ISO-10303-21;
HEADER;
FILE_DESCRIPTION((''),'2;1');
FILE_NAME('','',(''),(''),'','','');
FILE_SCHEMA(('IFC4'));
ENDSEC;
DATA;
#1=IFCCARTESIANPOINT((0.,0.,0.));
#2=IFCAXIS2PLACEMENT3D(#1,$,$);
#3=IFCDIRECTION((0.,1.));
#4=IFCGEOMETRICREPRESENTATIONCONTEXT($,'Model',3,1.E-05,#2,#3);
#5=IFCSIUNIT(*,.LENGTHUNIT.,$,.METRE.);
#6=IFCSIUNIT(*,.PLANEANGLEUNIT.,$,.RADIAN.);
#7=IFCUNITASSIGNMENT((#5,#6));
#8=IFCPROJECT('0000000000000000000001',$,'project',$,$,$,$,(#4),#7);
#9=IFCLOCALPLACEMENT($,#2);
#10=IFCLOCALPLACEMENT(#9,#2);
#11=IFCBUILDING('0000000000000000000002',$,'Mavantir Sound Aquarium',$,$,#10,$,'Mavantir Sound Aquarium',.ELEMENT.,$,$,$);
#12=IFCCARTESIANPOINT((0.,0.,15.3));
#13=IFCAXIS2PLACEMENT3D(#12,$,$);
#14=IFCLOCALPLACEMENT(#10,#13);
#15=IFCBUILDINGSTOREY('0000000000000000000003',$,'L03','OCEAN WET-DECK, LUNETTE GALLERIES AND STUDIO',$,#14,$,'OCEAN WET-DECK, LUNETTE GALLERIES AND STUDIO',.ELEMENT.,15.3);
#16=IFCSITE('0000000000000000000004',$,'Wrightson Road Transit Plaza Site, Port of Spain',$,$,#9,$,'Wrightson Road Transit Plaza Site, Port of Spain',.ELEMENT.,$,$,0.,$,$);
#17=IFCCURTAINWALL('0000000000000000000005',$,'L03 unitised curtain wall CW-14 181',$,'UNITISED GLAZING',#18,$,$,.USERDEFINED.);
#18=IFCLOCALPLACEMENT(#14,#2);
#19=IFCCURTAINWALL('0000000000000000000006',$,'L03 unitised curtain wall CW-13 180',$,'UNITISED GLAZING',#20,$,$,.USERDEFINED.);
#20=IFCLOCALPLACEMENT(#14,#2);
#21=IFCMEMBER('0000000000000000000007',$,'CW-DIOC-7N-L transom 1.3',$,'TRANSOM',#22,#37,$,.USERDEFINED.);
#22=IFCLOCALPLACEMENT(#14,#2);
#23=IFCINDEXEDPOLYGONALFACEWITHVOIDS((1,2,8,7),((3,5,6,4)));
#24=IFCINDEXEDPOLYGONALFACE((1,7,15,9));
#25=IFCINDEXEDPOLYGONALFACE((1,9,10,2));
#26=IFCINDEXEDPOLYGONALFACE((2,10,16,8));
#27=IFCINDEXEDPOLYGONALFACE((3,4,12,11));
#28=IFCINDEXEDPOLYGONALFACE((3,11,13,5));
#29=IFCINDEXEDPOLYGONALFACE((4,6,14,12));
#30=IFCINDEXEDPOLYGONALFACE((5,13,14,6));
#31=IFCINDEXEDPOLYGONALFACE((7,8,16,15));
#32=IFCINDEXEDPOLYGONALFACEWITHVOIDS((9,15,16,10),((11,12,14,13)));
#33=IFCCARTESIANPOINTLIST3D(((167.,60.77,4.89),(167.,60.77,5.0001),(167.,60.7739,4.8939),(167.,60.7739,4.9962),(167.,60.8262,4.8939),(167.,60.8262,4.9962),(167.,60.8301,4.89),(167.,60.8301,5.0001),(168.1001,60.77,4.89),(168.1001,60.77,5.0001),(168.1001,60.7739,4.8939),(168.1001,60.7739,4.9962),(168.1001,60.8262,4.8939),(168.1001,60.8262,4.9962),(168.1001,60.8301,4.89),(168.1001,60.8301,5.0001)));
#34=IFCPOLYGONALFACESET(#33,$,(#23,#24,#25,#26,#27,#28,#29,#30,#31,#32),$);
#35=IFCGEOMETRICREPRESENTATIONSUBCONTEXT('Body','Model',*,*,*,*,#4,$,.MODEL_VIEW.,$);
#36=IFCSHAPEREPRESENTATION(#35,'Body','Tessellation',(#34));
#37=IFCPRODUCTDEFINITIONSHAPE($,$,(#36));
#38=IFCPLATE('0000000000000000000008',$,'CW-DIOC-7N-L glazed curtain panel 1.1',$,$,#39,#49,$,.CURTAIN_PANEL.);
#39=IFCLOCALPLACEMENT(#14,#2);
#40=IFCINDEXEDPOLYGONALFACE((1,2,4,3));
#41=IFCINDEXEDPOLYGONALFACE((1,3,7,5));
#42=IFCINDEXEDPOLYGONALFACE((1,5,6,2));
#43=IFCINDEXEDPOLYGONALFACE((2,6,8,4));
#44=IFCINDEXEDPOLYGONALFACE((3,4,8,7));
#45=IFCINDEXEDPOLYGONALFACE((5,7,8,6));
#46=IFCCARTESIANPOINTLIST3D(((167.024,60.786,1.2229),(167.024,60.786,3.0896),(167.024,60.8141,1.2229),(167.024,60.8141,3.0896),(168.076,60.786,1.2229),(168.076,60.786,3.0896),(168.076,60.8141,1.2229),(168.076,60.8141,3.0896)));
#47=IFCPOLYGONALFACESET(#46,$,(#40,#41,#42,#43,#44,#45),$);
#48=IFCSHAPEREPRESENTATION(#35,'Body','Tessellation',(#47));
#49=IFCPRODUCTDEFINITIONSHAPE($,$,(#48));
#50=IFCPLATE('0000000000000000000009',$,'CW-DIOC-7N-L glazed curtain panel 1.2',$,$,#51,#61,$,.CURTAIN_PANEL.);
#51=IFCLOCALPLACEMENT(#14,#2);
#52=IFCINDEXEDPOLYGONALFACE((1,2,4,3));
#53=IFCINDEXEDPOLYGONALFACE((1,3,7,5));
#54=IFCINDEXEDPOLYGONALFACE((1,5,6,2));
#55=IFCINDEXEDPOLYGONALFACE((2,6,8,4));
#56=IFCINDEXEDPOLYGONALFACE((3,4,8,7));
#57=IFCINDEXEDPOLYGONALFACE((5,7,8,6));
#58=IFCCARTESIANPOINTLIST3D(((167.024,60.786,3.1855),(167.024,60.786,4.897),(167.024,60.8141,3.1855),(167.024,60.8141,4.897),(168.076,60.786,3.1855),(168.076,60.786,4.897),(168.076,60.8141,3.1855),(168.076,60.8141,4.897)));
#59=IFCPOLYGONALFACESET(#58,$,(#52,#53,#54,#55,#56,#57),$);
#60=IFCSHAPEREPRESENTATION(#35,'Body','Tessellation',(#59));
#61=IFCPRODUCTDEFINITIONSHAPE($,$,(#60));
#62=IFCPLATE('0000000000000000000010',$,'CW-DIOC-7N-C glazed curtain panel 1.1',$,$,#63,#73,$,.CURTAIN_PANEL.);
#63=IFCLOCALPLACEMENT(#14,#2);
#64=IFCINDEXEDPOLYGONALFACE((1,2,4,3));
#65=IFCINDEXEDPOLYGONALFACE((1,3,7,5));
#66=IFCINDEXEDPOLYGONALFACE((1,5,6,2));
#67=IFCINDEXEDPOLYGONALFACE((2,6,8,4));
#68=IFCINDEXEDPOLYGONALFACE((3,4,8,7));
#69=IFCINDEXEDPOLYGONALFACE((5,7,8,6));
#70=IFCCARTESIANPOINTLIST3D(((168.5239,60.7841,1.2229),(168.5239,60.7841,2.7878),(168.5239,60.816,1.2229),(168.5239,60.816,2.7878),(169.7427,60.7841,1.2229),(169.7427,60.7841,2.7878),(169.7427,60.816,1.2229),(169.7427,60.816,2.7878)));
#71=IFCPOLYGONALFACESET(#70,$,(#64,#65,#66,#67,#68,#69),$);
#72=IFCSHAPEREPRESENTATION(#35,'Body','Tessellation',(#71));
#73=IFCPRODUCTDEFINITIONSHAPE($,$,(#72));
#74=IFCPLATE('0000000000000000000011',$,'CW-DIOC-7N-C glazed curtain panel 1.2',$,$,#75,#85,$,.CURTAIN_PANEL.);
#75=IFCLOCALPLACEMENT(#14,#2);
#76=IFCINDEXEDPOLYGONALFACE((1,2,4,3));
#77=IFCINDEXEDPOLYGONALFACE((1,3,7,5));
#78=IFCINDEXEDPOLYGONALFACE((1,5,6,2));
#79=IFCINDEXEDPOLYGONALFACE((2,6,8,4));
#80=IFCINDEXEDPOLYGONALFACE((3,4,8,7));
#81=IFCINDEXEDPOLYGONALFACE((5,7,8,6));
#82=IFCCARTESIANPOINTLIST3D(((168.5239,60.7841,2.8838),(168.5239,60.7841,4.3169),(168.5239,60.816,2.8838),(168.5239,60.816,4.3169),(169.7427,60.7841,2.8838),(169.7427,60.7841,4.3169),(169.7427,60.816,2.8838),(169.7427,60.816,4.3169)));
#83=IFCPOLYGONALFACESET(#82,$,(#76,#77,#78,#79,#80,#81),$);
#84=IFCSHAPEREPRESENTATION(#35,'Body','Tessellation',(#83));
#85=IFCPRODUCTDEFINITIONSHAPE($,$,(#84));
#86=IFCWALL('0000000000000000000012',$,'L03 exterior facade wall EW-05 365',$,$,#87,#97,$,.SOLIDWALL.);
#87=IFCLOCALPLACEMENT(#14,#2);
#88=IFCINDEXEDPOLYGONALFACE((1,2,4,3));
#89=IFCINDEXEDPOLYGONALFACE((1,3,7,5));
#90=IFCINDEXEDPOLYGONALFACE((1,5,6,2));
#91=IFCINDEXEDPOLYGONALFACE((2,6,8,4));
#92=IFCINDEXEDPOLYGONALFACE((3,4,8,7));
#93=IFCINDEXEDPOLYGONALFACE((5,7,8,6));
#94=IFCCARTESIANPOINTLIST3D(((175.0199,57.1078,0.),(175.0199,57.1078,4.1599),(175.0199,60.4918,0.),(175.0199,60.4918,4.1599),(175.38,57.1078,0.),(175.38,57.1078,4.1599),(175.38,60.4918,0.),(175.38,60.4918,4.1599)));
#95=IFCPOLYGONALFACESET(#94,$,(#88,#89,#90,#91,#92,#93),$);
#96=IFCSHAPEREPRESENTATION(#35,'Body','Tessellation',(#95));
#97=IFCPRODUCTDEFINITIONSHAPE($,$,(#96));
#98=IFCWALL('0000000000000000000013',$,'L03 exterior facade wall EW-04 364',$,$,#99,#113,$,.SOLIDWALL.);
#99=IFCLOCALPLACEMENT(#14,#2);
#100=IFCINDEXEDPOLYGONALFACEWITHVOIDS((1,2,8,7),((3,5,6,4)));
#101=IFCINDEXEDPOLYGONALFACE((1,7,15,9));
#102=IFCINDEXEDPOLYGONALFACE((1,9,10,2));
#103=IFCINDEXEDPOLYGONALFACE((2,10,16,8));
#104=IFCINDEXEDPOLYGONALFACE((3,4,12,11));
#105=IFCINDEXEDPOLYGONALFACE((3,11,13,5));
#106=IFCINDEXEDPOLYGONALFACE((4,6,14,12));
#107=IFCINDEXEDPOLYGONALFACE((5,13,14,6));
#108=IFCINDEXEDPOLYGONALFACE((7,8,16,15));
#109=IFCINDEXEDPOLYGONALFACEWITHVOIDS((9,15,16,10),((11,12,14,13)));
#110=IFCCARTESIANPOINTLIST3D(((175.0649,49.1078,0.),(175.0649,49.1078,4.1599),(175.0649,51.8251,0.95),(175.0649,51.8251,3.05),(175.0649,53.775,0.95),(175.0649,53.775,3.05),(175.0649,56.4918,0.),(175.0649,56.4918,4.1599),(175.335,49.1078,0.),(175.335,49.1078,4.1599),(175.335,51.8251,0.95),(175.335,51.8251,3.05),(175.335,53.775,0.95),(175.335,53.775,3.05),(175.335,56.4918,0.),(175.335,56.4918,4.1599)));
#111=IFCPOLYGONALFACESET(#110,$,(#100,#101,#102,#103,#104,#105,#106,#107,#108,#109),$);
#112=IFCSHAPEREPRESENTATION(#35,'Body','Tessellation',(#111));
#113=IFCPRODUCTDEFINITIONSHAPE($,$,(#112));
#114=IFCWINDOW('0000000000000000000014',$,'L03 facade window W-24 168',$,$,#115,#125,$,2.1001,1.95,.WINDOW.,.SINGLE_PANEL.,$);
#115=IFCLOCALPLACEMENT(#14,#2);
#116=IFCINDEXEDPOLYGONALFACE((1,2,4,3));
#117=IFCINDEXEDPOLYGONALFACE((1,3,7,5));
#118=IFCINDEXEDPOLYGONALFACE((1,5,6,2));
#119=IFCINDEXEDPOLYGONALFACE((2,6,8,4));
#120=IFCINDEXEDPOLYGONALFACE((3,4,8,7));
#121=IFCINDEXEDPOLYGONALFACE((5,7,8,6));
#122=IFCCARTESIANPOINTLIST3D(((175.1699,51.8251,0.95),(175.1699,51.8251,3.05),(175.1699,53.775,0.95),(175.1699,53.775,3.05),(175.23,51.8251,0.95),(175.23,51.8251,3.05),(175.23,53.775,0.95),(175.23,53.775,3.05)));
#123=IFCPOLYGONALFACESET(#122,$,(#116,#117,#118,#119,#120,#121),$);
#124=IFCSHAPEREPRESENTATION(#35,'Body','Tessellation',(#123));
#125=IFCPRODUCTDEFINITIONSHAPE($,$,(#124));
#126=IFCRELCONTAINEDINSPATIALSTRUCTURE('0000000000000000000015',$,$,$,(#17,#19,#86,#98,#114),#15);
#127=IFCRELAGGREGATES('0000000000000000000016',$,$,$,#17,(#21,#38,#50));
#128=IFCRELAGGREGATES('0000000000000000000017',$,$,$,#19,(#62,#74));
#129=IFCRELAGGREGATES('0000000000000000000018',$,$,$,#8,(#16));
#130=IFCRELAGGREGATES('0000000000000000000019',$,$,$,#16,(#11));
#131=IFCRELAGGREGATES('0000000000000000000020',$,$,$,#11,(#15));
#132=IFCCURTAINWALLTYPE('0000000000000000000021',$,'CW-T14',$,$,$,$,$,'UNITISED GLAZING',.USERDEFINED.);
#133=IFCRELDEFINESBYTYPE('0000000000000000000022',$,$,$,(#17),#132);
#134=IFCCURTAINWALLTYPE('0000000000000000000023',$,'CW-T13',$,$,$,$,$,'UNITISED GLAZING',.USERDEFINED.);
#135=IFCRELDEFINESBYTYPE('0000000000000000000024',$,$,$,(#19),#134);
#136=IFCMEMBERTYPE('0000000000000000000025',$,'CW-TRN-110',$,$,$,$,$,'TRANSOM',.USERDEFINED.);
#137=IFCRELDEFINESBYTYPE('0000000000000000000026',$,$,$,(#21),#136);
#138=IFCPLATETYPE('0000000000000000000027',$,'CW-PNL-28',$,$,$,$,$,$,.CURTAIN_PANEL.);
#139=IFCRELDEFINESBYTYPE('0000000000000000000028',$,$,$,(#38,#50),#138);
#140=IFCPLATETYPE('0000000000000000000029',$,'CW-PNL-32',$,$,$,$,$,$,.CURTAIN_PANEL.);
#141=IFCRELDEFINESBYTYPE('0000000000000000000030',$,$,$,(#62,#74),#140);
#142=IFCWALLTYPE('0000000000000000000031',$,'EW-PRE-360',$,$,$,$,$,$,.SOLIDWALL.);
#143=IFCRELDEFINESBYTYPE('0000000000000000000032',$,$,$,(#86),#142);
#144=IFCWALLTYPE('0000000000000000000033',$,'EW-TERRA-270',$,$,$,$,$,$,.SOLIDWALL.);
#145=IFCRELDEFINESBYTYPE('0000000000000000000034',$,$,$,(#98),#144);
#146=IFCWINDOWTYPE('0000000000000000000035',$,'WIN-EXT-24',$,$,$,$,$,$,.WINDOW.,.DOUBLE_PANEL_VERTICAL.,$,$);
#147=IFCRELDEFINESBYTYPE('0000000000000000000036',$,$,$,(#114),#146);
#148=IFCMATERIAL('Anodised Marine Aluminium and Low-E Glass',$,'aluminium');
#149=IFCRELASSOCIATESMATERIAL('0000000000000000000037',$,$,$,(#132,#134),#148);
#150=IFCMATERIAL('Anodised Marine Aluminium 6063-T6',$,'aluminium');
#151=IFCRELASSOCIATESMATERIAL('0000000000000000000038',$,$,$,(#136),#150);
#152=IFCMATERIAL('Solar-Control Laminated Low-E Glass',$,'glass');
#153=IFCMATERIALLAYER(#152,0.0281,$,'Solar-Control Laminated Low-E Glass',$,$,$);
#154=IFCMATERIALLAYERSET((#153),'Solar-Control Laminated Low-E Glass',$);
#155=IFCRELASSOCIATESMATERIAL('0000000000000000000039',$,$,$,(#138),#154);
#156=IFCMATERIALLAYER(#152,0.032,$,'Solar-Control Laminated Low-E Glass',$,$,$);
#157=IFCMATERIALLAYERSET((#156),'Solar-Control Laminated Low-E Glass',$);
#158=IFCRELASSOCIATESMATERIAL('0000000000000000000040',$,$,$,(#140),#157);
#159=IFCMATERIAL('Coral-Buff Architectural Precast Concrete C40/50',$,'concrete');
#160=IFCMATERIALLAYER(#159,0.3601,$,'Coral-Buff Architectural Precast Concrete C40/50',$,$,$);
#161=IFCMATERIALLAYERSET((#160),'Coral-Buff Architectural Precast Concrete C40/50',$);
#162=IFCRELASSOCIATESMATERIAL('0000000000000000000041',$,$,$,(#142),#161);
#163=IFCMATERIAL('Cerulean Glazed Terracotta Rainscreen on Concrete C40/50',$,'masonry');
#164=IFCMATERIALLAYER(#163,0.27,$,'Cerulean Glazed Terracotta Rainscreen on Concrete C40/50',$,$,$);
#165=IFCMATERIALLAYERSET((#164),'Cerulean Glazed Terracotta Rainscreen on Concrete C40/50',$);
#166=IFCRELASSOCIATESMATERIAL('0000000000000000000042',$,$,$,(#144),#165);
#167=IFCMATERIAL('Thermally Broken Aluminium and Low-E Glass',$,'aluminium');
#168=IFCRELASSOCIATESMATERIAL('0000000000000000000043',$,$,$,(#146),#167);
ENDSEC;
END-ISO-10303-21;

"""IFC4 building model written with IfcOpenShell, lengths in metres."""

from ifc_helpers import new_model, si_unit, direction, frame, frame_2d, origin, origin_2d, place, context, subcontext, project, spatial, rectangle, hollow_rectangle, extrude, material, layer, layer_set, material_profile, profile_set, type_object, element, fill, aggregate, save


model = new_model("IFC4")

# Units and contexts
model_context = context("Model", 3, precision=1e-05, world=origin(), true_north=direction((0.0, 1.0)))
body_context = subcontext(model_context, "Body", "Model", "MODEL_VIEW")
ifc_project = project(units=[si_unit("LENGTHUNIT", "METRE"), si_unit("PLANEANGLEUNIT", "RADIAN")], contexts=[model_context])

# Site, building, storey
site_placement = place(None, origin())
site = spatial("IfcSite", under=ifc_project, at=site_placement, Name="Wrightson Road Transit Plaza Site, Port of Spain", LongName="Wrightson Road Transit Plaza Site, Port of Spain", CompositionType="ELEMENT", RefElevation=0.0)
building_placement = place(site_placement, origin())
building = spatial("IfcBuilding", under=site, at=building_placement, Name="Mavantir Sound Aquarium", LongName="Mavantir Sound Aquarium", CompositionType="ELEMENT")
storey_placement = place(building_placement, frame((0.0, 0.0, 15.3)))
storey = spatial("IfcBuildingStorey", under=building, at=storey_placement, Name="L03", Description="OCEAN WET-DECK, LUNETTE GALLERIES AND STUDIO", LongName="OCEAN WET-DECK, LUNETTE GALLERIES AND STUDIO", CompositionType="ELEMENT", Elevation=15.3)

# Curtain walls
ifc_material_1 = material(Name="Anodised Marine Aluminium and Low-E Glass", Category="aluminium")
curtain_wall_type_1 = type_object("IfcCurtainWallType", Name="CW-T14", ElementType="UNITISED GLAZING", PredefinedType="USERDEFINED", material=ifc_material_1)
curtain_wall_1_placement = place(storey_placement, origin())
curtain_wall_1 = element("IfcCurtainWall", 1, at=curtain_wall_1_placement, inside=storey, type_object=curtain_wall_type_1, Name="L03 unitised curtain wall CW-14 181", ObjectType="UNITISED GLAZING", PredefinedType="USERDEFINED")
ifc_material_2 = material(Name="Anodised Marine Aluminium 6063-T6", Category="aluminium")
curtain_wall_type_2 = type_object("IfcCurtainWallType", Name="CW-T13", ElementType="UNITISED GLAZING", PredefinedType="USERDEFINED", material=ifc_material_1)
curtain_wall_2_placement = place(storey_placement, origin())
curtain_wall_2 = element("IfcCurtainWall", 2, at=curtain_wall_2_placement, inside=storey, type_object=curtain_wall_type_2, Name="L03 unitised curtain wall CW-13 180", ObjectType="UNITISED GLAZING", PredefinedType="USERDEFINED")
ifc_material_profile_1 = material_profile(ifc_material_2, hollow_rectangle(XDim=0.0601, YDim=0.1101, WallThickness=0.0039, at=origin_2d()), Name="ALU-TRANSOM-110X60")
ifc_profile_set_1 = profile_set([ifc_material_profile_1], Name="Anodised Marine Aluminium 6063-T6")
member_type_1 = type_object("IfcMemberType", Name="CW-TRN-110", ElementType="TRANSOM", PredefinedType="USERDEFINED", material=ifc_profile_set_1)

# Member
member_1_placement = place(storey_placement, frame((167.0, 60.8, 4.9451), z_axis=(1.0, 0.0, 0.0), x_axis=(0.0, 1.0, 0.0)))
member_1 = element("IfcMember", 3, at=member_1_placement, type_object=member_type_1, Name="CW-DIOC-7N-L transom 1.3", ObjectType="TRANSOM", PredefinedType="USERDEFINED", context=body_context, shape_type="SweptSolid", body=[
    extrude(hollow_rectangle(XDim=0.0601, YDim=0.1101, WallThickness=0.0039, at=origin_2d()), origin(), (0.0, 0.0, 1.0), 1.1001),
])

# Plates
ifc_material_3 = material(Name="Solar-Control Laminated Low-E Glass", Category="glass")
ifc_layer_1 = layer(ifc_material_3, 0.0281, Name="Solar-Control Laminated Low-E Glass")
ifc_layer_set_1 = layer_set([ifc_layer_1], Name="Solar-Control Laminated Low-E Glass")
plate_type_1 = type_object("IfcPlateType", Name="CW-PNL-28", PredefinedType="CURTAIN_PANEL", material=ifc_layer_set_1)
plate_1_placement = place(storey_placement, frame((167.55, 60.8, 1.2229), z_axis=(0.0, 0.0, 1.0), x_axis=(1.0, 0.0, 0.0)))
plate_1 = element("IfcPlate", 4, at=plate_1_placement, type_object=plate_type_1, Name="CW-DIOC-7N-L glazed curtain panel 1.1", PredefinedType="CURTAIN_PANEL", context=body_context, shape_type="SweptSolid", body=[
    extrude(rectangle(XDim=1.052, YDim=0.0281, at=origin_2d()), origin(), (0.0, 0.0, 1.0), 1.8667),
])
plate_2_placement = place(storey_placement, frame((167.55, 60.8, 3.1855), z_axis=(0.0, 0.0, 1.0), x_axis=(1.0, 0.0, 0.0)))
plate_2 = element("IfcPlate", 5, at=plate_2_placement, type_object=plate_type_1, Name="CW-DIOC-7N-L glazed curtain panel 1.2", PredefinedType="CURTAIN_PANEL", context=body_context, shape_type="SweptSolid", body=[
    extrude(rectangle(XDim=1.052, YDim=0.0281, at=origin_2d()), origin(), (0.0, 0.0, 1.0), 1.7114),
])
aggregate(curtain_wall_1, [member_1, plate_1, plate_2])
ifc_layer_2 = layer(ifc_material_3, 0.032, Name="Solar-Control Laminated Low-E Glass")
ifc_layer_set_2 = layer_set([ifc_layer_2], Name="Solar-Control Laminated Low-E Glass")
plate_type_2 = type_object("IfcPlateType", Name="CW-PNL-32", PredefinedType="CURTAIN_PANEL", material=ifc_layer_set_2)
plate_3_placement = place(storey_placement, frame((169.1333, 60.8, 1.2229), z_axis=(0.0, 0.0, 1.0), x_axis=(1.0, 0.0, 0.0)))
plate_3 = element("IfcPlate", 6, at=plate_3_placement, type_object=plate_type_2, Name="CW-DIOC-7N-C glazed curtain panel 1.1", PredefinedType="CURTAIN_PANEL", context=body_context, shape_type="SweptSolid", body=[
    extrude(rectangle(XDim=1.2188, YDim=0.032, at=origin_2d()), origin(), (0.0, 0.0, 1.0), 1.5649),
])
plate_4_placement = place(storey_placement, frame((169.1333, 60.8, 2.8838), z_axis=(0.0, 0.0, 1.0), x_axis=(1.0, 0.0, 0.0)))
plate_4 = element("IfcPlate", 7, at=plate_4_placement, type_object=plate_type_2, Name="CW-DIOC-7N-C glazed curtain panel 1.2", PredefinedType="CURTAIN_PANEL", context=body_context, shape_type="SweptSolid", body=[
    extrude(rectangle(XDim=1.2188, YDim=0.032, at=origin_2d()), origin(), (0.0, 0.0, 1.0), 1.4331),
])
aggregate(curtain_wall_2, [plate_3, plate_4])

# Wall
ifc_material_4 = material(Name="Coral-Buff Architectural Precast Concrete C40/50", Category="concrete")
ifc_layer_3 = layer(ifc_material_4, 0.3601, Name="Coral-Buff Architectural Precast Concrete C40/50")
ifc_layer_set_3 = layer_set([ifc_layer_3], Name="Coral-Buff Architectural Precast Concrete C40/50")
wall_type_1 = type_object("IfcWallType", Name="EW-PRE-360", PredefinedType="SOLIDWALL", material=ifc_layer_set_3)
wall_1_placement = place(storey_placement, frame((175.2, 57.1079, 0.0), z_axis=(0.0, 0.0, 1.0), x_axis=(0.0, 1.0, 0.0)))
element("IfcWall", 8, at=wall_1_placement, inside=storey, type_object=wall_type_1, Name="L03 exterior facade wall EW-05 365", PredefinedType="SOLIDWALL", context=body_context, shape_type="SweptSolid", body=[
    extrude(rectangle(XDim=3.384, YDim=0.3601, at=frame_2d((1.6919, 0.0))), origin(), (0.0, 0.0, 1.0), 4.1599),
])

# Wall, opening, window
ifc_material_5 = material(Name="Cerulean Glazed Terracotta Rainscreen on Concrete C40/50", Category="masonry")
ifc_layer_4 = layer(ifc_material_5, 0.27, Name="Cerulean Glazed Terracotta Rainscreen on Concrete C40/50")
ifc_layer_set_4 = layer_set([ifc_layer_4], Name="Cerulean Glazed Terracotta Rainscreen on Concrete C40/50")
wall_type_2 = type_object("IfcWallType", Name="EW-TERRA-270", PredefinedType="SOLIDWALL", material=ifc_layer_set_4)
wall_2_placement = place(storey_placement, frame((175.2, 49.1079, 0.0), z_axis=(0.0, 0.0, 1.0), x_axis=(0.0, 1.0, 0.0)))
wall_2 = element("IfcWall", 9, at=wall_2_placement, inside=storey, type_object=wall_type_2, Name="L03 exterior facade wall EW-04 364", PredefinedType="SOLIDWALL", context=body_context, shape_type="SweptSolid", body=[
    extrude(rectangle(XDim=7.384, YDim=0.27, at=frame_2d((3.6919, 0.0))), origin(), (0.0, 0.0, 1.0), 4.1599),
])
opening_placement = place(wall_2_placement, frame((2.717, 0.0, 0.95)))
opening = element("IfcOpeningElement", 10, at=opening_placement, cuts=wall_2, PredefinedType="OPENING", context=body_context, shape_type="SweptSolid", body=[
    extrude(rectangle(XDim=1.95, YDim=2.1001, at=frame_2d((0.9751, 1.05))), frame((0.0, 0.145, 0.0), z_axis=(0.0, -1.0, 0.0), x_axis=(1.0, 0.0, 0.0)), (0.0, 0.0, 1.0), 0.29),
])
ifc_material_6 = material(Name="Thermally Broken Aluminium and Low-E Glass", Category="aluminium")
window_type = type_object("IfcWindowType", Name="WIN-EXT-24", PartitioningType="DOUBLE_PANEL_VERTICAL", PredefinedType="WINDOW", material=ifc_material_6)
window_placement = place(opening_placement, origin())
window = element("IfcWindow", 11, at=window_placement, inside=storey, type_object=window_type, Name="L03 facade window W-24 168", OverallHeight=2.1001, OverallWidth=1.95, PartitioningType="SINGLE_PANEL", PredefinedType="WINDOW", context=body_context, shape_type="SweptSolid", body=[
    extrude(rectangle(XDim=1.95, YDim=2.1001, at=frame_2d((0.9751, 1.05))), frame((0.0, 0.03, 0.0), z_axis=(0.0, -1.0, 0.0), x_axis=(1.0, 0.0, 0.0)), (0.0, 0.0, 1.0), 0.0601),
])
fill(opening, window)

save(model, "model.ifc")
